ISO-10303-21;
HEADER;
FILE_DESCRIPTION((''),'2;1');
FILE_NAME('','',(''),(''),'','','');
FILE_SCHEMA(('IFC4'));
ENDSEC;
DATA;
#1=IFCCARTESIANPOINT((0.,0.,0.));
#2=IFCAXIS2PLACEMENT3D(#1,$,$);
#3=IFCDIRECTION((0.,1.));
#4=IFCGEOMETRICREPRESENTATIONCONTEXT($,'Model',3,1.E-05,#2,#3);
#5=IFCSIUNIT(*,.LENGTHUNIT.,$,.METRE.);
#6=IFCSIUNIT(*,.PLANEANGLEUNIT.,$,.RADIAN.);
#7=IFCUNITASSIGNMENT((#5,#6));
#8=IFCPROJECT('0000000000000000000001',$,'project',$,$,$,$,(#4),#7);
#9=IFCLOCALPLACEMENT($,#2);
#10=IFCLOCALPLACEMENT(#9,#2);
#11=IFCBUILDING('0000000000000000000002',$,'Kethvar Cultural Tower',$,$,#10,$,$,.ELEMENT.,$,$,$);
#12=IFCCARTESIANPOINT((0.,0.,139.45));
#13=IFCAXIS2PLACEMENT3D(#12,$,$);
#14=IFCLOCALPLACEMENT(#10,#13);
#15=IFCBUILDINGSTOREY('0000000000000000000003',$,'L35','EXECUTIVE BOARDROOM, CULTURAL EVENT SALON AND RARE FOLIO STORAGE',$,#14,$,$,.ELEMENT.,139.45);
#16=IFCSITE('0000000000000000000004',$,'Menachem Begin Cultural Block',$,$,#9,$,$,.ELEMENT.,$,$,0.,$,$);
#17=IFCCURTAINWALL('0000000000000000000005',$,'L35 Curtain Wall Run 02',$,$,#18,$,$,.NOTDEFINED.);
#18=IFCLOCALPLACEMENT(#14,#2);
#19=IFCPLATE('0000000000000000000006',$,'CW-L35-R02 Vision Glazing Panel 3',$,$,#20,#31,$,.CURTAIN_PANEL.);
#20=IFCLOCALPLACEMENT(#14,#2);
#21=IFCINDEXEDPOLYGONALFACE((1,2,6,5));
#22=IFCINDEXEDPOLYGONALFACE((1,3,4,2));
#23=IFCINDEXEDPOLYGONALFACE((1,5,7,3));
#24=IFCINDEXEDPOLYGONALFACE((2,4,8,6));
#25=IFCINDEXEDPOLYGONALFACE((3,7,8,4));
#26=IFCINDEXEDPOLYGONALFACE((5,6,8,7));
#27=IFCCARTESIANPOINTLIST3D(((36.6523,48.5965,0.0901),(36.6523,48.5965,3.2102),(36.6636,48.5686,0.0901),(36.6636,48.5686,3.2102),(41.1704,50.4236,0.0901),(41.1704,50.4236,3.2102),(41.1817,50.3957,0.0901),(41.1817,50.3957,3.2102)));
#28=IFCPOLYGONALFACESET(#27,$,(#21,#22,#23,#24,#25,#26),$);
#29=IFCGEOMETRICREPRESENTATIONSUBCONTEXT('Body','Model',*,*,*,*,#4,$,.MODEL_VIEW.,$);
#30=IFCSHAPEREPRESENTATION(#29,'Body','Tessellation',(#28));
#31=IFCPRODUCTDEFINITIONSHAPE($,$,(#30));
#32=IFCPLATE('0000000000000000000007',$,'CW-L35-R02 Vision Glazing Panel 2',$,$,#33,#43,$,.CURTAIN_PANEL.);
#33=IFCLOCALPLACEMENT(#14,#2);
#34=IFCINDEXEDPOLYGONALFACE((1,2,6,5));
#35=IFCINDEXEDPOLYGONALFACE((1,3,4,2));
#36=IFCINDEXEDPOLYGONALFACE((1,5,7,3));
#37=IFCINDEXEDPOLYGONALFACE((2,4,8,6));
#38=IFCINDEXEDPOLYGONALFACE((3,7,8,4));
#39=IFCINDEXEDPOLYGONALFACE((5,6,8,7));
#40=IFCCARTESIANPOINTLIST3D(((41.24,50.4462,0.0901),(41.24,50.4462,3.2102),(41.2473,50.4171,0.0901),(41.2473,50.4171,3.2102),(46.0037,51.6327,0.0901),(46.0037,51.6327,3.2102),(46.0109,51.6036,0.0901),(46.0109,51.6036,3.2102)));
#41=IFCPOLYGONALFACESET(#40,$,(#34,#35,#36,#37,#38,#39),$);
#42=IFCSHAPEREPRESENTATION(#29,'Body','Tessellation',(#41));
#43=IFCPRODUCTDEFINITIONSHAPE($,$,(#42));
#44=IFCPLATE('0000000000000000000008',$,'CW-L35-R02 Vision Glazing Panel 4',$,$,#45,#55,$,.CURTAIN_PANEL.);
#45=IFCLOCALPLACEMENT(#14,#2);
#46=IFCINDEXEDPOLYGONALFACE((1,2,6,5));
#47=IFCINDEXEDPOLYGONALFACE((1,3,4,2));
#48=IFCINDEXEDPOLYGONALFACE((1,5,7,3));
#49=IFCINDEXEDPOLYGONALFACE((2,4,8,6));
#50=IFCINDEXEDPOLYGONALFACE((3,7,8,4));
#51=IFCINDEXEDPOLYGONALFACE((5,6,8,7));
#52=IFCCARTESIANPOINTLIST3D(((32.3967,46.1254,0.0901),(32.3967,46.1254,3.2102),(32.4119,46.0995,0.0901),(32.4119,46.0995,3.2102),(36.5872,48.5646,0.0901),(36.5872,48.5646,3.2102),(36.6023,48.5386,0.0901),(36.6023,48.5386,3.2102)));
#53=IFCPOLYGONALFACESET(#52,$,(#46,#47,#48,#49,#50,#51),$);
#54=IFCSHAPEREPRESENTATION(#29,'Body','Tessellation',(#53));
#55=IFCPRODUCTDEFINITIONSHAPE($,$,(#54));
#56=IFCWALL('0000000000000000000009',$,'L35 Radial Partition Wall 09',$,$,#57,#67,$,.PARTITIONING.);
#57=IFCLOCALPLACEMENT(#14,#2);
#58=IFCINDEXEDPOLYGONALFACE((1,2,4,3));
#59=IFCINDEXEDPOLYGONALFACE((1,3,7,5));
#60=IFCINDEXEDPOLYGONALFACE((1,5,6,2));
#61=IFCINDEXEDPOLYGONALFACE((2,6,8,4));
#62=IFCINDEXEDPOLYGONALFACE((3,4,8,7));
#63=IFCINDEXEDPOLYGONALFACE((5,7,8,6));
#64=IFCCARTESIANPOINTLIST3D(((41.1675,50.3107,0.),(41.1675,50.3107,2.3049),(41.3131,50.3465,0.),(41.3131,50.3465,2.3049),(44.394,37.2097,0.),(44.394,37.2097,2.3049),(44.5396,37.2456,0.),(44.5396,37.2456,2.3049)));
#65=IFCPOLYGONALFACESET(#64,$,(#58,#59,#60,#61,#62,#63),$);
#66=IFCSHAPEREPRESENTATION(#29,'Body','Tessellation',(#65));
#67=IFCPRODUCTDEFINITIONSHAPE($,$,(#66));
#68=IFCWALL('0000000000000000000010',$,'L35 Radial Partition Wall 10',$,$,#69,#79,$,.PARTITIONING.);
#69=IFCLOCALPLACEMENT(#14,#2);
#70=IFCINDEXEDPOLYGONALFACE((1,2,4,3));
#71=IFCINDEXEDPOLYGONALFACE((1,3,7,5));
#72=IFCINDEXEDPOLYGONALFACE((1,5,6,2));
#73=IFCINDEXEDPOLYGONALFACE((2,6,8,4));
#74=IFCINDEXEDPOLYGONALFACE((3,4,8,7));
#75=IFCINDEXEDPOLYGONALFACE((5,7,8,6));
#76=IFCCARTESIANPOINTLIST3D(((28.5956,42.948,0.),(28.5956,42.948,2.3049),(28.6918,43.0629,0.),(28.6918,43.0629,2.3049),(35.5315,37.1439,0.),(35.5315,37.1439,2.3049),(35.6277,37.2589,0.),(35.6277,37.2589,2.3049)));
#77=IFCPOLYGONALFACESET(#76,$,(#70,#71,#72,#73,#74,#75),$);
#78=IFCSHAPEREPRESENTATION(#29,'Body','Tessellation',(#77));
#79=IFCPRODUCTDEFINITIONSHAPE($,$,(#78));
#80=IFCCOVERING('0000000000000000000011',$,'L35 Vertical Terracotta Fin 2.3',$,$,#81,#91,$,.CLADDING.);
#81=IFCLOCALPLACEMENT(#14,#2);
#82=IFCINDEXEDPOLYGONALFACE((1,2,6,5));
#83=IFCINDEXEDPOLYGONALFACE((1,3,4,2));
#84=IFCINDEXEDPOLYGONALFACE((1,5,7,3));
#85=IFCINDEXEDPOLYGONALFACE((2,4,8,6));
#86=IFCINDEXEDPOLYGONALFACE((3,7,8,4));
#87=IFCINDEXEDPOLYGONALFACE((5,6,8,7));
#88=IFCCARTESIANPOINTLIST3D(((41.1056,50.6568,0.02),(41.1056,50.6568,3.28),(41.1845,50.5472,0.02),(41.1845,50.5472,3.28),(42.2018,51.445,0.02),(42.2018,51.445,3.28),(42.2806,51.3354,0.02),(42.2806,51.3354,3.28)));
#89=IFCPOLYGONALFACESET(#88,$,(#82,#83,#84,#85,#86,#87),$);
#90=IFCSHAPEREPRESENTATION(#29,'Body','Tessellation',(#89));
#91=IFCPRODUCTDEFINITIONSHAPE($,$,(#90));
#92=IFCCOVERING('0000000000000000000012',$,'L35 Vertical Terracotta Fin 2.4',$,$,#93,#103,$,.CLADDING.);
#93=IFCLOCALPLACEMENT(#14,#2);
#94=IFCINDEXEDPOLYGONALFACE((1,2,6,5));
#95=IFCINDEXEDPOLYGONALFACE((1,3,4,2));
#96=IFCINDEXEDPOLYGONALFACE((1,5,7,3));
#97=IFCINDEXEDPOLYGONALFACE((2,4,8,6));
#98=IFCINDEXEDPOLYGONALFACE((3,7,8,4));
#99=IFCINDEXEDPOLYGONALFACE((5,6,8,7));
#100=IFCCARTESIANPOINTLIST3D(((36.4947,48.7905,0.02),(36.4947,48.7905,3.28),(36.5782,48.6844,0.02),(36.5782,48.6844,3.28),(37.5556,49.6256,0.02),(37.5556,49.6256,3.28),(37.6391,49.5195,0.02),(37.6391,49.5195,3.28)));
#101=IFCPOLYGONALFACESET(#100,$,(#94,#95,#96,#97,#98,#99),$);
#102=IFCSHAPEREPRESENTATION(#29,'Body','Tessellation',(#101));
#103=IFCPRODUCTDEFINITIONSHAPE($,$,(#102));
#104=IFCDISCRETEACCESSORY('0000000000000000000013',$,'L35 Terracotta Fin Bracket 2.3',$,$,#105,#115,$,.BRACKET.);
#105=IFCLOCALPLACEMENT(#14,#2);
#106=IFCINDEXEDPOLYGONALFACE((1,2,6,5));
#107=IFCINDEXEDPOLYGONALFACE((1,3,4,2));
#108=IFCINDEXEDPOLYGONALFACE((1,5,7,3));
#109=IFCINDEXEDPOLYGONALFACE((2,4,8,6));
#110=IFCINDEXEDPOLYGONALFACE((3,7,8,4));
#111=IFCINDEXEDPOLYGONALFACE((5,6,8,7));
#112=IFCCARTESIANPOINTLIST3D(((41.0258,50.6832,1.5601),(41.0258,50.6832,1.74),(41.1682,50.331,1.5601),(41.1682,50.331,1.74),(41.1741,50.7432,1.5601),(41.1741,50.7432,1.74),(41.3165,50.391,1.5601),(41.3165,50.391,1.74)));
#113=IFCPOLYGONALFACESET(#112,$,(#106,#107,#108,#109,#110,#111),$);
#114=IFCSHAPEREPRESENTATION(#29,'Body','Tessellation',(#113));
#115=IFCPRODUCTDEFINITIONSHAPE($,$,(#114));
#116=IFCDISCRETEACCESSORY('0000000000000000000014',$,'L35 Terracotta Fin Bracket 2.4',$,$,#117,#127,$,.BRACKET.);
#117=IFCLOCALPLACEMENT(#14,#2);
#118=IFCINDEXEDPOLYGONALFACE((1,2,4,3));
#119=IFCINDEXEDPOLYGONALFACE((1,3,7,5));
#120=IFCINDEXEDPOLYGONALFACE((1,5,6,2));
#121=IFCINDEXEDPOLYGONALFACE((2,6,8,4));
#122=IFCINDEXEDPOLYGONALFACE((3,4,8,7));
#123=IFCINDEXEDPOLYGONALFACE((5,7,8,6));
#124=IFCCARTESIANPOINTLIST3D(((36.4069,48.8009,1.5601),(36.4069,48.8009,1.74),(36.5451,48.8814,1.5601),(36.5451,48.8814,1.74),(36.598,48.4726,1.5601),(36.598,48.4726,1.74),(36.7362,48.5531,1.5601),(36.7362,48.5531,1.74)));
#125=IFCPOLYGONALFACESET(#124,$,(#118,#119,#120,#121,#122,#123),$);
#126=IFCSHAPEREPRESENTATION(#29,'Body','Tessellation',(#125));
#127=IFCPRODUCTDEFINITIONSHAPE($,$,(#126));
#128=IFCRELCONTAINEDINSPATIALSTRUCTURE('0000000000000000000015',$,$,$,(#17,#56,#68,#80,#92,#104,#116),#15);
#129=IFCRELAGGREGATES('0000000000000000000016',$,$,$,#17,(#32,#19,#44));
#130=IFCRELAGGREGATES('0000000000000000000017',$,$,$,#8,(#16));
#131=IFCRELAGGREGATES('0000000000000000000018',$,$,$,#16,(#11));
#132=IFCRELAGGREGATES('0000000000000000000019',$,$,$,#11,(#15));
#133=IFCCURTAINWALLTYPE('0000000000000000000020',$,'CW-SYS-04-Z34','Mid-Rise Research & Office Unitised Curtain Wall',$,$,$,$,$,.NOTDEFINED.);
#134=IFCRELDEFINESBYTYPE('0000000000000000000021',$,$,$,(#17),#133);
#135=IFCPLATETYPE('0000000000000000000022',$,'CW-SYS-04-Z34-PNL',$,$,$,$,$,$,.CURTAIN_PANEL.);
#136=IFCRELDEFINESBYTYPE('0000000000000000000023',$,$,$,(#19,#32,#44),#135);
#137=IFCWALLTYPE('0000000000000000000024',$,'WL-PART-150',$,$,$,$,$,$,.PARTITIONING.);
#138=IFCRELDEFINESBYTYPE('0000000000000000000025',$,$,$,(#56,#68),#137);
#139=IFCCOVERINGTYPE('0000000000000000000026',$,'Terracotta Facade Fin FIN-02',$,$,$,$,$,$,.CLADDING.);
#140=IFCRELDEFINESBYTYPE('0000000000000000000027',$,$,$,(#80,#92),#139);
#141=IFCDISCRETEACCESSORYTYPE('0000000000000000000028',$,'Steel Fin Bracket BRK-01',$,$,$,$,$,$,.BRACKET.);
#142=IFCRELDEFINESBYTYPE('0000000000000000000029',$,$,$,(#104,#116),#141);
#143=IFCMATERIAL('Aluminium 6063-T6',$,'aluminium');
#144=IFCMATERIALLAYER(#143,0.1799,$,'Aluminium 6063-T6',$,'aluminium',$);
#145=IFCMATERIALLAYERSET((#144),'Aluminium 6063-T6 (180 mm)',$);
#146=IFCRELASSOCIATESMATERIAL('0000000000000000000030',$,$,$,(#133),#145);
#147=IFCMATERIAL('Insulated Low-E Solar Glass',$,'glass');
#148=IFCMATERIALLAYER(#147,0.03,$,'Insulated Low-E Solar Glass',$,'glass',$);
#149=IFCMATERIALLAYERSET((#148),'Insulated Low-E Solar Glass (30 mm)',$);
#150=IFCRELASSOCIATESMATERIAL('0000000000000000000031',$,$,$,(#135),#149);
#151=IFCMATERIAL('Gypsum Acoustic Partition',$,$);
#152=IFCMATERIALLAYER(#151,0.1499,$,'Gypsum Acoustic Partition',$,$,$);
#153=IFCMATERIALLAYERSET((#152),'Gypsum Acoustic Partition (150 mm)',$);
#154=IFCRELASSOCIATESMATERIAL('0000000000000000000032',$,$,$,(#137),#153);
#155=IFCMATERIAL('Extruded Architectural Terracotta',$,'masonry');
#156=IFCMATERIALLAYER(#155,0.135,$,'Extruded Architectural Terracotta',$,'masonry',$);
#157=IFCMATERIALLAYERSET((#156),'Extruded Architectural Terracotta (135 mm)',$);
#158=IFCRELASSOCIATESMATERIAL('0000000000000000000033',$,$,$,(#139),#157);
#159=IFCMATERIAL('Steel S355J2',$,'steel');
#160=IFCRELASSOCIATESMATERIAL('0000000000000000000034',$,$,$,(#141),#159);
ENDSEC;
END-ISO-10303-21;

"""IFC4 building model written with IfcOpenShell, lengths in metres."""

from ifc_helpers import new_model, si_unit, direction, frame, frame_2d, origin, origin_2d, place, context, subcontext, project, spatial, rectangle, extrude, source, transform, mapped, material, layer, layer_set, type_object, element, aggregate, save


model = new_model("IFC4")

# Units and contexts
model_context = context("Model", 3, precision=1e-05, world=origin(), true_north=direction((0.0, 1.0)))
body_context = subcontext(model_context, "Body", "Model", "MODEL_VIEW")
ifc_project = project(units=[si_unit("LENGTHUNIT", "METRE"), si_unit("PLANEANGLEUNIT", "RADIAN")], contexts=[model_context])

# Site, building, storey
site_placement = place(None, origin())
site = spatial("IfcSite", under=ifc_project, at=site_placement, Name="Menachem Begin Cultural Block", CompositionType="ELEMENT", RefElevation=0.0)
building_placement = place(site_placement, origin())
building = spatial("IfcBuilding", under=site, at=building_placement, Name="Kethvar Cultural Tower", CompositionType="ELEMENT")
storey_placement = place(building_placement, frame((0.0, 0.0, 139.45)))
storey = spatial("IfcBuildingStorey", under=building, at=storey_placement, Name="L35", Description="EXECUTIVE BOARDROOM, CULTURAL EVENT SALON AND RARE FOLIO STORAGE", CompositionType="ELEMENT", Elevation=139.45)

# Shared definitions
ifc_material_1 = material(Name="Steel S355J2", Category="steel")

# Curtain wall, plates
ifc_material_2 = material(Name="Aluminium 6063-T6", Category="aluminium")
ifc_layer_1 = layer(ifc_material_2, 0.1799, Name="Aluminium 6063-T6", Category="aluminium")
ifc_layer_set_1 = layer_set([ifc_layer_1], Name="Aluminium 6063-T6 (180 mm)")
curtain_wall_type = type_object("IfcCurtainWallType", Name="CW-SYS-04-Z34", Description="Mid-Rise Research & Office Unitised Curtain Wall", PredefinedType="NOTDEFINED", material=ifc_layer_set_1)
curtain_wall_placement = place(storey_placement, origin())
curtain_wall = element("IfcCurtainWall", 1, at=curtain_wall_placement, inside=storey, type_object=curtain_wall_type, Name="L35 Curtain Wall Run 02", PredefinedType="NOTDEFINED")
ifc_material_3 = material(Name="Insulated Low-E Solar Glass", Category="glass")
ifc_layer_2 = layer(ifc_material_3, 0.03, Name="Insulated Low-E Solar Glass", Category="glass")
ifc_layer_set_2 = layer_set([ifc_layer_2], Name="Insulated Low-E Solar Glass (30 mm)")
plate_type = type_object("IfcPlateType", Name="CW-SYS-04-Z34-PNL", PredefinedType="CURTAIN_PANEL", material=ifc_layer_set_2)
shared_shape_1 = source(origin(), body_context, "Body", "SweptSolid", [
    extrude(rectangle(XDim=4.8735, YDim=0.03, at=origin_2d()), origin(), (0.0, 0.0, 1.0), 3.1201),
])
plate_1_placement = place(storey_placement, frame((38.917, 49.4961, 0.0901), z_axis=(0.0, 0.0, 1.0), x_axis=(-0.927066, -0.374898, 0.0)))
plate_1 = element("IfcPlate", 2, at=plate_1_placement, type_object=plate_type, Name="CW-L35-R02 Vision Glazing Panel 3", PredefinedType="CURTAIN_PANEL", context=body_context, shape_type="MappedRepresentation", body=[
    mapped(shared_shape_1, transform((0.0, 0.0, 0.0), scale=1.0)),
])
shared_shape_2 = source(origin(), body_context, "Body", "SweptSolid", [
    extrude(rectangle(XDim=4.9092, YDim=0.03, at=origin_2d()), origin(), (0.0, 0.0, 1.0), 3.1201),
])
plate_2_placement = place(storey_placement, frame((43.6255, 51.0249, 0.0901), z_axis=(0.0, 0.0, 1.0), x_axis=(-0.970355, -0.241685, 0.0)))
plate_2 = element("IfcPlate", 3, at=plate_2_placement, type_object=plate_type, Name="CW-L35-R02 Vision Glazing Panel 2", PredefinedType="CURTAIN_PANEL", context=body_context, shape_type="MappedRepresentation", body=[
    mapped(shared_shape_2, transform((0.0, 0.0, 0.0), scale=1.0)),
])
shared_shape_3 = source(origin(), body_context, "Body", "SweptSolid", [
    extrude(rectangle(XDim=4.8486, YDim=0.03, at=origin_2d()), origin(), (0.0, 0.0, 1.0), 3.1201),
])
plate_3_placement = place(storey_placement, frame((34.4995, 47.332, 0.0901), z_axis=(0.0, 0.0, 1.0), x_axis=(-0.864248, -0.503065, 0.0)))
plate_3 = element("IfcPlate", 4, at=plate_3_placement, type_object=plate_type, Name="CW-L35-R02 Vision Glazing Panel 4", PredefinedType="CURTAIN_PANEL", context=body_context, shape_type="MappedRepresentation", body=[
    mapped(shared_shape_3, transform((0.0, 0.0, 0.0), scale=1.0)),
])
aggregate(curtain_wall, [plate_2, plate_1, plate_3])

# Walls
ifc_material_4 = material(Name="Gypsum Acoustic Partition")
ifc_layer_3 = layer(ifc_material_4, 0.1499, Name="Gypsum Acoustic Partition")
ifc_layer_set_3 = layer_set([ifc_layer_3], Name="Gypsum Acoustic Partition (150 mm)")
wall_type = type_object("IfcWallType", Name="WL-PART-150", PredefinedType="PARTITIONING", material=ifc_layer_set_3)
wall_1_placement = place(storey_placement, frame((44.4668, 37.2278, 0.0), z_axis=(0.0, 0.0, 1.0), x_axis=(-0.239137, 0.970986, 0.0)))
element("IfcWall", 5, at=wall_1_placement, inside=storey, type_object=wall_type, Name="L35 Radial Partition Wall 09", PredefinedType="PARTITIONING", context=body_context, shape_type="SweptSolid", body=[
    extrude(rectangle(XDim=13.4924, YDim=0.1499, at=frame_2d((6.7461, 0.0))), origin(), (0.0, 0.0, 1.0), 2.3049),
])
wall_2_placement = place(storey_placement, frame((35.5796, 37.2014, 0.0), z_axis=(0.0, 0.0, 1.0), x_axis=(-0.766908, 0.641758, 0.0)))
element("IfcWall", 6, at=wall_2_placement, inside=storey, type_object=wall_type, Name="L35 Radial Partition Wall 10", PredefinedType="PARTITIONING", context=body_context, shape_type="SweptSolid", body=[
    extrude(rectangle(XDim=9.0439, YDim=0.1499, at=frame_2d((4.522, 0.0))), origin(), (0.0, 0.0, 1.0), 2.3049),
])

# Coverings
ifc_material_5 = material(Name="Extruded Architectural Terracotta", Category="masonry")
ifc_layer_4 = layer(ifc_material_5, 0.135, Name="Extruded Architectural Terracotta", Category="masonry")
ifc_layer_set_4 = layer_set([ifc_layer_4], Name="Extruded Architectural Terracotta (135 mm)")
covering_type = type_object("IfcCoveringType", Name="Terracotta Facade Fin FIN-02", PredefinedType="CLADDING", material=ifc_layer_set_4)
shared_shape_4 = source(origin(), body_context, "Body", "SweptSolid", [
    extrude(rectangle(XDim=1.3501, YDim=0.135, at=origin_2d()), origin(), (0.0, 0.0, 1.0), 3.26),
])
for number, where, z_axis, x_axis, name in (
    (7, (41.6931, 50.9961, 0.02), (0.0, 0.0, 1.0), (0.81188, 0.583825, 0.0), "L35 Vertical Terracotta Fin 2.3"),
    (8, (37.0669, 49.155, 0.02), (0.0, 0.0, 1.0), (0.785749, 0.618546, 0.0), "L35 Vertical Terracotta Fin 2.4"),
):
    element("IfcCovering", number, at=place(storey_placement, frame(where, z_axis=z_axis, x_axis=x_axis)), inside=storey, type_object=covering_type, Name=name, PredefinedType="CLADDING", context=body_context, shape_type="MappedRepresentation", body=[
        mapped(shared_shape_4, transform((0.0, 0.0, 0.0), scale=1.0)),
    ])

# Discrete accessories
discrete_accessory_type = type_object("IfcDiscreteAccessoryType", Name="Steel Fin Bracket BRK-01", PredefinedType="BRACKET", material=ifc_material_1)
shared_shape_5 = source(origin(), body_context, "Body", "SweptSolid", [
    extrude(rectangle(XDim=0.3799, YDim=0.1599, at=origin_2d()), origin(), (0.0, 0.0, 1.0), 0.1799),
])
for number, where, z_axis, x_axis, name in (
    (9, (41.1711, 50.5371, 1.5601), (0.0, 0.0, 1.0), (-0.37493, 0.927053, 0.0), "L35 Terracotta Fin Bracket 2.3"),
    (10, (36.5715, 48.677, 1.5601), (0.0, 0.0, 1.0), (-0.50302, 0.864275, 0.0), "L35 Terracotta Fin Bracket 2.4"),
):
    element("IfcDiscreteAccessory", number, at=place(storey_placement, frame(where, z_axis=z_axis, x_axis=x_axis)), inside=storey, type_object=discrete_accessory_type, Name=name, PredefinedType="BRACKET", context=body_context, shape_type="MappedRepresentation", body=[
        mapped(shared_shape_5, transform((0.0, 0.0, 0.0), scale=1.0)),
    ])

save(model, "model.ifc")
